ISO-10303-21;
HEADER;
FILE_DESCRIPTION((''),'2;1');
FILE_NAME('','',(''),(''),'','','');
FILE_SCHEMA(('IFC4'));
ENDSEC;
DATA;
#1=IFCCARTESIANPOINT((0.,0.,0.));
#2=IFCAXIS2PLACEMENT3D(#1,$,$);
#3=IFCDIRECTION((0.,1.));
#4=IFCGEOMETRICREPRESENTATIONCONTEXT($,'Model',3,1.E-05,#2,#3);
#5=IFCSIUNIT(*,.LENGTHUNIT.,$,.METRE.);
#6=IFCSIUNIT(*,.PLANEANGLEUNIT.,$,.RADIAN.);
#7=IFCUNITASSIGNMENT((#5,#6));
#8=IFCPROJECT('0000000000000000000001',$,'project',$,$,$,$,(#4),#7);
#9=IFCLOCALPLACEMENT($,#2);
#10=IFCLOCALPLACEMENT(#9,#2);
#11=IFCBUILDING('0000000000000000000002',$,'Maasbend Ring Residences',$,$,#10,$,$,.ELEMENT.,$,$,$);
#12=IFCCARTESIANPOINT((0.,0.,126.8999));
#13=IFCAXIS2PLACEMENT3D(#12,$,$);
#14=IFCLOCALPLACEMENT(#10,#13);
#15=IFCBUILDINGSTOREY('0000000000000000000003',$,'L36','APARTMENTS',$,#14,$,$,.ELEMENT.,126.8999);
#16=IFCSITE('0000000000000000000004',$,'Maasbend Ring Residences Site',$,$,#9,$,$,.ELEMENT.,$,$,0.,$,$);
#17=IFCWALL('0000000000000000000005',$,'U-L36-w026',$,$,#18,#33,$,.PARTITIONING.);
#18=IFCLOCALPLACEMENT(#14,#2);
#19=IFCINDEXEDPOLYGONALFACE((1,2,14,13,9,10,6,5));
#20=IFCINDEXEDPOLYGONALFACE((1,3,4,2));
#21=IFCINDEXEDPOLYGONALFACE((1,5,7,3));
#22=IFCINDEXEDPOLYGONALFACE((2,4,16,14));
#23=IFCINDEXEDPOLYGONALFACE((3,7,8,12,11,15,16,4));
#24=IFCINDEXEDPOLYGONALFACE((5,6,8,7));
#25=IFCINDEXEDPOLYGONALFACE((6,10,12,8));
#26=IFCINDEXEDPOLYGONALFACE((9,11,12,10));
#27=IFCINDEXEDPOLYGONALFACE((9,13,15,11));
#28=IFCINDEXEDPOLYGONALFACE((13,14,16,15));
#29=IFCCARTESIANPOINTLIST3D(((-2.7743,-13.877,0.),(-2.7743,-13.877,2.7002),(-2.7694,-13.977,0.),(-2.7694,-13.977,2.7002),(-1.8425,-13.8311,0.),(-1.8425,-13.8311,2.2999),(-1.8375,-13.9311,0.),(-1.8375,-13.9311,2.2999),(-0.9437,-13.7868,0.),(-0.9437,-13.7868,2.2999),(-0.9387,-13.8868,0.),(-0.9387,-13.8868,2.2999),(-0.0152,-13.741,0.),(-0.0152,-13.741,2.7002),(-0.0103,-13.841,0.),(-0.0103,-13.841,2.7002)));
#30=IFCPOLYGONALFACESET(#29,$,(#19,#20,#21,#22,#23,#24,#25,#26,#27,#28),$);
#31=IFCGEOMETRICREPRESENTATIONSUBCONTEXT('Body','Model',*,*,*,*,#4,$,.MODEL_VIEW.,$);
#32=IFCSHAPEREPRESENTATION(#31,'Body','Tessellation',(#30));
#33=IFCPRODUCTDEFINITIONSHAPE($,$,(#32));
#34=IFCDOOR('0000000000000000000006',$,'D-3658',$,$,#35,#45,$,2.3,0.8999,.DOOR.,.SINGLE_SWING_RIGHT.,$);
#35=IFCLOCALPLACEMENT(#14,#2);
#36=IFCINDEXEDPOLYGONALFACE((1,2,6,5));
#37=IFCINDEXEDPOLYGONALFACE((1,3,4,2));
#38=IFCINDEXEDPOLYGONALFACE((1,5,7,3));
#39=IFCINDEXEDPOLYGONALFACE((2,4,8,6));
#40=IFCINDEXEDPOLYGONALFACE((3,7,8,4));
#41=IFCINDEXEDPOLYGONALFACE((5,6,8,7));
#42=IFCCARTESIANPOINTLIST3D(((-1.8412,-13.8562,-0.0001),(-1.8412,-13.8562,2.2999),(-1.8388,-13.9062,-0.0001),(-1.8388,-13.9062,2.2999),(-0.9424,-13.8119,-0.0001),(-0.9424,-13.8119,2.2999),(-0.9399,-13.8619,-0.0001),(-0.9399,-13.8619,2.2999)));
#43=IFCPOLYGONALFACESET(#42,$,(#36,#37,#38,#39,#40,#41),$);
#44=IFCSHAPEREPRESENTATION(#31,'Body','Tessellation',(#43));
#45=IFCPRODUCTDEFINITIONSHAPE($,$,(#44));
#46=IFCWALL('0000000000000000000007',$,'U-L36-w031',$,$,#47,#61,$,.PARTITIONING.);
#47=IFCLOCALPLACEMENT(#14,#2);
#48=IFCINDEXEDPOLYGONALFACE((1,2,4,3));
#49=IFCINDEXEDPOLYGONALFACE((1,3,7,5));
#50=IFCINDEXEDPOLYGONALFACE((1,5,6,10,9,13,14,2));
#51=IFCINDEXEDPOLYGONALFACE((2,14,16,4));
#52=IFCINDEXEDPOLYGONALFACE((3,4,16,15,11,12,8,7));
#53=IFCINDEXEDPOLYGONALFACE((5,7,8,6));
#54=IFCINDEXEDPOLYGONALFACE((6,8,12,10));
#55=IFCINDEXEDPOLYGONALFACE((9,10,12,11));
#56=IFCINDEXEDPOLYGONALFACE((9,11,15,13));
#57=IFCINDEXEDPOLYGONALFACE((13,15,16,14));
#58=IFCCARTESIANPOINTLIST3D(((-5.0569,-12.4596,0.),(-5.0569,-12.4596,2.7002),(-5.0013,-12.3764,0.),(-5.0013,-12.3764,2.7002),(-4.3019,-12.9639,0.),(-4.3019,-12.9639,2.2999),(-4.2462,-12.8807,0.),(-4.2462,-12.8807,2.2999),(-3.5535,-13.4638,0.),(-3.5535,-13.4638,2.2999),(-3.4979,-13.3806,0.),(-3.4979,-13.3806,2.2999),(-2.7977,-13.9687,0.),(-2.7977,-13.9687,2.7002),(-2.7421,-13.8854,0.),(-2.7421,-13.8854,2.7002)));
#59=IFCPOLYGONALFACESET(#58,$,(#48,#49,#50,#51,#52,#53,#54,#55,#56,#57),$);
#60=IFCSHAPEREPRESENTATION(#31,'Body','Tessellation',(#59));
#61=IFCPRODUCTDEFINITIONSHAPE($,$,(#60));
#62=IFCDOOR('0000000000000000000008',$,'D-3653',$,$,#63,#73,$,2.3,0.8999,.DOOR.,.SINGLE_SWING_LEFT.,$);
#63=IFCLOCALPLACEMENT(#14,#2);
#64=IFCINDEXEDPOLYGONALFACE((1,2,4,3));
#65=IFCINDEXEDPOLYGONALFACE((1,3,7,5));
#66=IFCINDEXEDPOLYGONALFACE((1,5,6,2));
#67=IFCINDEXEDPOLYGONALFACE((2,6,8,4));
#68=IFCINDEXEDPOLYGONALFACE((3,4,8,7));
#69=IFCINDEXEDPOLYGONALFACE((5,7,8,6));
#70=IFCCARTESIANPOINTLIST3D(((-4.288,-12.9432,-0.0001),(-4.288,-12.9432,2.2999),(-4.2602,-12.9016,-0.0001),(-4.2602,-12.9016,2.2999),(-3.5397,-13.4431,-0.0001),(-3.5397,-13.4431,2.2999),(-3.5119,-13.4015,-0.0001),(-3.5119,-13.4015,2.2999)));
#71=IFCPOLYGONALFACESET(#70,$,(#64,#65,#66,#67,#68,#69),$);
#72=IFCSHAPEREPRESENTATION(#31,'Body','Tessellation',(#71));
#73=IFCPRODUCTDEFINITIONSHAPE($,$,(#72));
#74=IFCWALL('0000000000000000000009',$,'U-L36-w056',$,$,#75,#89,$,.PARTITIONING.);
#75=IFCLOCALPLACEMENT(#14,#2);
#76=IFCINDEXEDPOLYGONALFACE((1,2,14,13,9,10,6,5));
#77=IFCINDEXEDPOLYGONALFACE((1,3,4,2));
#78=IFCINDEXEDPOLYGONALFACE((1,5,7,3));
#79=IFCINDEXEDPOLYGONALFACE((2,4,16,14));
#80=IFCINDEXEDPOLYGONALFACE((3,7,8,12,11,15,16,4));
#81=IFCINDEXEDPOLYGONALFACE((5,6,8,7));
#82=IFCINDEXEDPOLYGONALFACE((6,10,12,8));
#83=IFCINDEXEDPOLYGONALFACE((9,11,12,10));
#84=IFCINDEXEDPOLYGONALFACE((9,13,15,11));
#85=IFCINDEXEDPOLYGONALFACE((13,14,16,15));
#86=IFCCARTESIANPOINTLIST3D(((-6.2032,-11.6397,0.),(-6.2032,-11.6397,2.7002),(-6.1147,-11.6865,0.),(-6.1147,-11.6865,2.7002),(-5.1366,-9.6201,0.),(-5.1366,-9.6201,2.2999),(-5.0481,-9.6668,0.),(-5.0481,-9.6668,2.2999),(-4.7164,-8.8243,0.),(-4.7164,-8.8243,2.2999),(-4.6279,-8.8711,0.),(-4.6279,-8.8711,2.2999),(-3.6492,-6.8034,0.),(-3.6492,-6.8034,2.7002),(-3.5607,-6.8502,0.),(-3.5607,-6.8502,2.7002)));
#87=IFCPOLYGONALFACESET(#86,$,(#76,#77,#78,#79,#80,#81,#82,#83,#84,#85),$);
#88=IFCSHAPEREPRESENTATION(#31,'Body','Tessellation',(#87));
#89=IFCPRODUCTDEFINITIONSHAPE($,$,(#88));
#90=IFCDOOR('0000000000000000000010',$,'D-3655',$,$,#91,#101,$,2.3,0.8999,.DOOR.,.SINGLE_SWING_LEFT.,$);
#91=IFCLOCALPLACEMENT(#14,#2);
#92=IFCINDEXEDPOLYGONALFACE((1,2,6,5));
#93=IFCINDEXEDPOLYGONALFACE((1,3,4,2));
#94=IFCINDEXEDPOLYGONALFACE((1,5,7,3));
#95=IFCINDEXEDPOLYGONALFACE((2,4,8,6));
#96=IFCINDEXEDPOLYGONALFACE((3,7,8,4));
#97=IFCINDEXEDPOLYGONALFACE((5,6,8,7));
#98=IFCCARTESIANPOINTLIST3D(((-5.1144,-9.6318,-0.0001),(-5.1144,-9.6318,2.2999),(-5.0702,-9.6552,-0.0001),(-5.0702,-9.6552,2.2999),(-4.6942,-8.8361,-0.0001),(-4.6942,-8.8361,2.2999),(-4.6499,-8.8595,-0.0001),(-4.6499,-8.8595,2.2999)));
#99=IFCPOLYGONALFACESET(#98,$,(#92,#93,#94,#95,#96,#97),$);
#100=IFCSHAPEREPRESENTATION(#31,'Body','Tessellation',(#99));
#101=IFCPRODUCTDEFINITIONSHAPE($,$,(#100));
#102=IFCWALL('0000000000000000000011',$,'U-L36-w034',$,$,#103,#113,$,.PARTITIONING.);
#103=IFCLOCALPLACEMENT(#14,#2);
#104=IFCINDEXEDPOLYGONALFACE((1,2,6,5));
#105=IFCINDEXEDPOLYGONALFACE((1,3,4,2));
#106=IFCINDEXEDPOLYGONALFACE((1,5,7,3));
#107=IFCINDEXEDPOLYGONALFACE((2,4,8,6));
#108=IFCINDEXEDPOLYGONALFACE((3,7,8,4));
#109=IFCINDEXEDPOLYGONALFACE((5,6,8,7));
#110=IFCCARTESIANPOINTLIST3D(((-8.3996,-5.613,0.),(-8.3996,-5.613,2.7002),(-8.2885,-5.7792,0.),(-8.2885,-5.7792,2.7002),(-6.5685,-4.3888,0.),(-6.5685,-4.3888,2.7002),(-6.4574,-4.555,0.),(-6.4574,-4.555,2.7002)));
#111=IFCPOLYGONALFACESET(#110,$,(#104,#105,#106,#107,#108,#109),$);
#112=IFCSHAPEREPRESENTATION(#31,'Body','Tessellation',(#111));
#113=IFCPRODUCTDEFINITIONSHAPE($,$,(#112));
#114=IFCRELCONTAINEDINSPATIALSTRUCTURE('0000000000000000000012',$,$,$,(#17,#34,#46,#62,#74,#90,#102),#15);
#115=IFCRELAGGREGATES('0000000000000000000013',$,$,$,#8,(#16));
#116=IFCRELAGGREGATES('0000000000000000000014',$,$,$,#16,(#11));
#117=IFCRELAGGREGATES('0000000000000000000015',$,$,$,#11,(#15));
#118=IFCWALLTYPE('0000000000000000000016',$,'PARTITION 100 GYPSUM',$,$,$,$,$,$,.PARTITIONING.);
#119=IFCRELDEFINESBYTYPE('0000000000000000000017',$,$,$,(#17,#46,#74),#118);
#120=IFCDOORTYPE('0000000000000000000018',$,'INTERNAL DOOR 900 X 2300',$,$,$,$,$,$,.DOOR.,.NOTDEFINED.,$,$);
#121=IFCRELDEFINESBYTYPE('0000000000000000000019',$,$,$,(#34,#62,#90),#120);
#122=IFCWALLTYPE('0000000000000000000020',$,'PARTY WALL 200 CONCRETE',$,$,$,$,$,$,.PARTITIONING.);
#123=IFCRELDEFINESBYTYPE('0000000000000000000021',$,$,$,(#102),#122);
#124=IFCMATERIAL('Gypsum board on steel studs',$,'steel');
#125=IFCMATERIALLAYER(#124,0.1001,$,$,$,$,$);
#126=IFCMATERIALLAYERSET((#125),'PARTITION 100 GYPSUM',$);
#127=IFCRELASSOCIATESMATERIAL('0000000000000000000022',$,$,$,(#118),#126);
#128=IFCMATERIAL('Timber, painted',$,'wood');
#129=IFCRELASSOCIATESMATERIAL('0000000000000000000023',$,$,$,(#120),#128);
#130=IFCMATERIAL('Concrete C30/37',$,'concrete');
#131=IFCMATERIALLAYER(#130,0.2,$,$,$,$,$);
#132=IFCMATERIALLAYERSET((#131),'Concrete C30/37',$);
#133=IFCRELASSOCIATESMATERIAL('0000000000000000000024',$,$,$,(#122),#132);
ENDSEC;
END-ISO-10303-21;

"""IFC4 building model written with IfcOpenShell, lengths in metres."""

from ifc_helpers import new_model, si_unit, direction, frame, frame_2d, origin, place, context, subcontext, project, spatial, rectangle, extrude, material, layer, layer_set, type_object, element, fill, save


model = new_model("IFC4")

# Units and contexts
model_context = context("Model", 3, precision=1e-05, world=origin(), true_north=direction((0.0, 1.0)))
body_context = subcontext(model_context, "Body", "Model", "MODEL_VIEW")
ifc_project = project(units=[si_unit("LENGTHUNIT", "METRE"), si_unit("PLANEANGLEUNIT", "RADIAN")], contexts=[model_context])

# Site, building, storey
site_placement = place(None, origin())
site = spatial("IfcSite", under=ifc_project, at=site_placement, Name="Maasbend Ring Residences Site", CompositionType="ELEMENT", RefElevation=0.0)
building_placement = place(site_placement, origin())
building = spatial("IfcBuilding", under=site, at=building_placement, Name="Maasbend Ring Residences", CompositionType="ELEMENT")
storey_placement = place(building_placement, frame((0.0, 0.0, 126.8999)))
storey = spatial("IfcBuildingStorey", under=building, at=storey_placement, Name="L36", Description="APARTMENTS", CompositionType="ELEMENT", Elevation=126.8999)

# Walls, openings, doors
ifc_material_1 = material(Name="Gypsum board on steel studs", Category="steel")
ifc_layer_1 = layer(ifc_material_1, 0.1001)
ifc_layer_set_1 = layer_set([ifc_layer_1], Name="PARTITION 100 GYPSUM")
wall_type_1 = type_object("IfcWallType", Name="PARTITION 100 GYPSUM", PredefinedType="PARTITIONING", material=ifc_layer_set_1)
wall_1_placement = place(storey_placement, frame((-2.772, -13.927, 0.0), z_axis=(0.0, 0.0, 1.0), x_axis=(0.998788, 0.049228, 0.0)))
wall_1 = element("IfcWall", 1, at=wall_1_placement, inside=storey, type_object=wall_type_1, Name="U-L36-w026", PredefinedType="PARTITIONING", context=body_context, shape_type="SweptSolid", body=[
    extrude(rectangle(XDim=2.7625, YDim=0.1001, at=frame_2d((1.3813, 0.0))), origin(), (0.0, 0.0, 1.0), 2.7002),
])
opening_1_placement = place(wall_1_placement, frame((0.9331, 0.0, 0.0)))
opening_1 = element("IfcOpeningElement", 2, at=opening_1_placement, cuts=wall_1, PredefinedType="OPENING", context=body_context, shape_type="SweptSolid", body=[
    extrude(rectangle(XDim=0.8999, YDim=2.3, at=frame_2d((0.45, 1.1499))), frame((0.0, 0.0601, 0.0), z_axis=(0.0, -1.0, 0.0), x_axis=(1.0, 0.0, 0.0)), (0.0, 0.0, 1.0), 0.1201),
])
ifc_material_2 = material(Name="Timber, painted", Category="wood")
door_type = type_object("IfcDoorType", Name="INTERNAL DOOR 900 X 2300", OperationType="NOTDEFINED", PredefinedType="DOOR", material=ifc_material_2)
door_1_placement = place(opening_1_placement, origin())
door_1 = element("IfcDoor", 3, at=door_1_placement, inside=storey, type_object=door_type, Name="D-3658", OperationType="SINGLE_SWING_RIGHT", OverallHeight=2.3, OverallWidth=0.8999, PredefinedType="DOOR", context=body_context, shape_type="SweptSolid", body=[
    extrude(rectangle(XDim=0.8999, YDim=2.3, at=frame_2d((0.45, 1.1499))), frame((0.0, 0.0249, 0.0), z_axis=(0.0, -1.0, 0.0), x_axis=(1.0, 0.0, 0.0)), (0.0, 0.0, 1.0), 0.05),
])
fill(opening_1, door_1)
wall_2_placement = place(storey_placement, frame((-5.0291, -12.418, 0.0), z_axis=(0.0, 0.0, 1.0), x_axis=(0.831538, -0.555467, 0.0)))
wall_2 = element("IfcWall", 4, at=wall_2_placement, inside=storey, type_object=wall_type_1, Name="U-L36-w031", PredefinedType="PARTITIONING", context=body_context, shape_type="SweptSolid", body=[
    extrude(rectangle(XDim=2.7168, YDim=0.1001, at=frame_2d((1.3584, 0.0))), origin(), (0.0, 0.0, 1.0), 2.7002),
])
opening_2_placement = place(wall_2_placement, frame((0.908, 0.0, 0.0)))
opening_2 = element("IfcOpeningElement", 5, at=opening_2_placement, cuts=wall_2, PredefinedType="OPENING", context=body_context, shape_type="SweptSolid", body=[
    extrude(rectangle(XDim=0.8999, YDim=2.3, at=frame_2d((0.45, 1.1499))), frame((0.0, 0.0601, 0.0), z_axis=(0.0, -1.0, 0.0), x_axis=(1.0, 0.0, 0.0)), (0.0, 0.0, 1.0), 0.1201),
])
door_2_placement = place(opening_2_placement, origin())
door_2 = element("IfcDoor", 6, at=door_2_placement, inside=storey, type_object=door_type, Name="D-3653", OperationType="SINGLE_SWING_LEFT", OverallHeight=2.3, OverallWidth=0.8999, PredefinedType="DOOR", context=body_context, shape_type="SweptSolid", body=[
    extrude(rectangle(XDim=0.8999, YDim=2.3, at=frame_2d((0.45, 1.1499))), frame((0.0, 0.0249, 0.0), z_axis=(0.0, -1.0, 0.0), x_axis=(1.0, 0.0, 0.0)), (0.0, 0.0, 1.0), 0.05),
])
fill(opening_2, door_2)
wall_3_placement = place(storey_placement, frame((-6.1589, -11.6631, 0.0), z_axis=(0.0, 0.0, 1.0), x_axis=(0.466977, 0.88427, 0.0)))
wall_3 = element("IfcWall", 7, at=wall_3_placement, inside=storey, type_object=wall_type_1, Name="U-L36-w056", PredefinedType="PARTITIONING", context=body_context, shape_type="SweptSolid", body=[
    extrude(rectangle(XDim=5.4692, YDim=0.1001, at=frame_2d((2.7346, 0.0))), origin(), (0.0, 0.0, 1.0), 2.7002),
])
opening_3_placement = place(wall_3_placement, frame((2.2839, 0.0, 0.0)))
opening_3 = element("IfcOpeningElement", 8, at=opening_3_placement, cuts=wall_3, PredefinedType="OPENING", context=body_context, shape_type="SweptSolid", body=[
    extrude(rectangle(XDim=0.8999, YDim=2.3, at=frame_2d((0.45, 1.1499))), frame((0.0, 0.0601, 0.0), z_axis=(0.0, -1.0, 0.0), x_axis=(1.0, 0.0, 0.0)), (0.0, 0.0, 1.0), 0.1201),
])
door_3_placement = place(opening_3_placement, origin())
door_3 = element("IfcDoor", 9, at=door_3_placement, inside=storey, type_object=door_type, Name="D-3655", OperationType="SINGLE_SWING_LEFT", OverallHeight=2.3, OverallWidth=0.8999, PredefinedType="DOOR", context=body_context, shape_type="SweptSolid", body=[
    extrude(rectangle(XDim=0.8999, YDim=2.3, at=frame_2d((0.45, 1.1499))), frame((0.0, 0.0249, 0.0), z_axis=(0.0, -1.0, 0.0), x_axis=(1.0, 0.0, 0.0)), (0.0, 0.0, 1.0), 0.05),
])
fill(opening_3, door_3)

# Wall
ifc_material_3 = material(Name="Concrete C30/37", Category="concrete")
ifc_layer_2 = layer(ifc_material_3, 0.2)
ifc_layer_set_2 = layer_set([ifc_layer_2], Name="Concrete C30/37")
wall_type_2 = type_object("IfcWallType", Name="PARTY WALL 200 CONCRETE", PredefinedType="PARTITIONING", material=ifc_layer_set_2)
wall_4_placement = place(storey_placement, frame((-6.5129, -4.4719, 0.0), z_axis=(0.0, 0.0, 1.0), x_axis=(-0.831333, -0.555774, 0.0)))
element("IfcWall", 10, at=wall_4_placement, inside=storey, type_object=wall_type_2, Name="U-L36-w034", PredefinedType="PARTITIONING", context=body_context, shape_type="SweptSolid", body=[
    extrude(rectangle(XDim=2.2026, YDim=0.2, at=frame_2d((1.1013, 0.0))), origin(), (0.0, 0.0, 1.0), 2.7002),
])

save(model, "model.ifc")
